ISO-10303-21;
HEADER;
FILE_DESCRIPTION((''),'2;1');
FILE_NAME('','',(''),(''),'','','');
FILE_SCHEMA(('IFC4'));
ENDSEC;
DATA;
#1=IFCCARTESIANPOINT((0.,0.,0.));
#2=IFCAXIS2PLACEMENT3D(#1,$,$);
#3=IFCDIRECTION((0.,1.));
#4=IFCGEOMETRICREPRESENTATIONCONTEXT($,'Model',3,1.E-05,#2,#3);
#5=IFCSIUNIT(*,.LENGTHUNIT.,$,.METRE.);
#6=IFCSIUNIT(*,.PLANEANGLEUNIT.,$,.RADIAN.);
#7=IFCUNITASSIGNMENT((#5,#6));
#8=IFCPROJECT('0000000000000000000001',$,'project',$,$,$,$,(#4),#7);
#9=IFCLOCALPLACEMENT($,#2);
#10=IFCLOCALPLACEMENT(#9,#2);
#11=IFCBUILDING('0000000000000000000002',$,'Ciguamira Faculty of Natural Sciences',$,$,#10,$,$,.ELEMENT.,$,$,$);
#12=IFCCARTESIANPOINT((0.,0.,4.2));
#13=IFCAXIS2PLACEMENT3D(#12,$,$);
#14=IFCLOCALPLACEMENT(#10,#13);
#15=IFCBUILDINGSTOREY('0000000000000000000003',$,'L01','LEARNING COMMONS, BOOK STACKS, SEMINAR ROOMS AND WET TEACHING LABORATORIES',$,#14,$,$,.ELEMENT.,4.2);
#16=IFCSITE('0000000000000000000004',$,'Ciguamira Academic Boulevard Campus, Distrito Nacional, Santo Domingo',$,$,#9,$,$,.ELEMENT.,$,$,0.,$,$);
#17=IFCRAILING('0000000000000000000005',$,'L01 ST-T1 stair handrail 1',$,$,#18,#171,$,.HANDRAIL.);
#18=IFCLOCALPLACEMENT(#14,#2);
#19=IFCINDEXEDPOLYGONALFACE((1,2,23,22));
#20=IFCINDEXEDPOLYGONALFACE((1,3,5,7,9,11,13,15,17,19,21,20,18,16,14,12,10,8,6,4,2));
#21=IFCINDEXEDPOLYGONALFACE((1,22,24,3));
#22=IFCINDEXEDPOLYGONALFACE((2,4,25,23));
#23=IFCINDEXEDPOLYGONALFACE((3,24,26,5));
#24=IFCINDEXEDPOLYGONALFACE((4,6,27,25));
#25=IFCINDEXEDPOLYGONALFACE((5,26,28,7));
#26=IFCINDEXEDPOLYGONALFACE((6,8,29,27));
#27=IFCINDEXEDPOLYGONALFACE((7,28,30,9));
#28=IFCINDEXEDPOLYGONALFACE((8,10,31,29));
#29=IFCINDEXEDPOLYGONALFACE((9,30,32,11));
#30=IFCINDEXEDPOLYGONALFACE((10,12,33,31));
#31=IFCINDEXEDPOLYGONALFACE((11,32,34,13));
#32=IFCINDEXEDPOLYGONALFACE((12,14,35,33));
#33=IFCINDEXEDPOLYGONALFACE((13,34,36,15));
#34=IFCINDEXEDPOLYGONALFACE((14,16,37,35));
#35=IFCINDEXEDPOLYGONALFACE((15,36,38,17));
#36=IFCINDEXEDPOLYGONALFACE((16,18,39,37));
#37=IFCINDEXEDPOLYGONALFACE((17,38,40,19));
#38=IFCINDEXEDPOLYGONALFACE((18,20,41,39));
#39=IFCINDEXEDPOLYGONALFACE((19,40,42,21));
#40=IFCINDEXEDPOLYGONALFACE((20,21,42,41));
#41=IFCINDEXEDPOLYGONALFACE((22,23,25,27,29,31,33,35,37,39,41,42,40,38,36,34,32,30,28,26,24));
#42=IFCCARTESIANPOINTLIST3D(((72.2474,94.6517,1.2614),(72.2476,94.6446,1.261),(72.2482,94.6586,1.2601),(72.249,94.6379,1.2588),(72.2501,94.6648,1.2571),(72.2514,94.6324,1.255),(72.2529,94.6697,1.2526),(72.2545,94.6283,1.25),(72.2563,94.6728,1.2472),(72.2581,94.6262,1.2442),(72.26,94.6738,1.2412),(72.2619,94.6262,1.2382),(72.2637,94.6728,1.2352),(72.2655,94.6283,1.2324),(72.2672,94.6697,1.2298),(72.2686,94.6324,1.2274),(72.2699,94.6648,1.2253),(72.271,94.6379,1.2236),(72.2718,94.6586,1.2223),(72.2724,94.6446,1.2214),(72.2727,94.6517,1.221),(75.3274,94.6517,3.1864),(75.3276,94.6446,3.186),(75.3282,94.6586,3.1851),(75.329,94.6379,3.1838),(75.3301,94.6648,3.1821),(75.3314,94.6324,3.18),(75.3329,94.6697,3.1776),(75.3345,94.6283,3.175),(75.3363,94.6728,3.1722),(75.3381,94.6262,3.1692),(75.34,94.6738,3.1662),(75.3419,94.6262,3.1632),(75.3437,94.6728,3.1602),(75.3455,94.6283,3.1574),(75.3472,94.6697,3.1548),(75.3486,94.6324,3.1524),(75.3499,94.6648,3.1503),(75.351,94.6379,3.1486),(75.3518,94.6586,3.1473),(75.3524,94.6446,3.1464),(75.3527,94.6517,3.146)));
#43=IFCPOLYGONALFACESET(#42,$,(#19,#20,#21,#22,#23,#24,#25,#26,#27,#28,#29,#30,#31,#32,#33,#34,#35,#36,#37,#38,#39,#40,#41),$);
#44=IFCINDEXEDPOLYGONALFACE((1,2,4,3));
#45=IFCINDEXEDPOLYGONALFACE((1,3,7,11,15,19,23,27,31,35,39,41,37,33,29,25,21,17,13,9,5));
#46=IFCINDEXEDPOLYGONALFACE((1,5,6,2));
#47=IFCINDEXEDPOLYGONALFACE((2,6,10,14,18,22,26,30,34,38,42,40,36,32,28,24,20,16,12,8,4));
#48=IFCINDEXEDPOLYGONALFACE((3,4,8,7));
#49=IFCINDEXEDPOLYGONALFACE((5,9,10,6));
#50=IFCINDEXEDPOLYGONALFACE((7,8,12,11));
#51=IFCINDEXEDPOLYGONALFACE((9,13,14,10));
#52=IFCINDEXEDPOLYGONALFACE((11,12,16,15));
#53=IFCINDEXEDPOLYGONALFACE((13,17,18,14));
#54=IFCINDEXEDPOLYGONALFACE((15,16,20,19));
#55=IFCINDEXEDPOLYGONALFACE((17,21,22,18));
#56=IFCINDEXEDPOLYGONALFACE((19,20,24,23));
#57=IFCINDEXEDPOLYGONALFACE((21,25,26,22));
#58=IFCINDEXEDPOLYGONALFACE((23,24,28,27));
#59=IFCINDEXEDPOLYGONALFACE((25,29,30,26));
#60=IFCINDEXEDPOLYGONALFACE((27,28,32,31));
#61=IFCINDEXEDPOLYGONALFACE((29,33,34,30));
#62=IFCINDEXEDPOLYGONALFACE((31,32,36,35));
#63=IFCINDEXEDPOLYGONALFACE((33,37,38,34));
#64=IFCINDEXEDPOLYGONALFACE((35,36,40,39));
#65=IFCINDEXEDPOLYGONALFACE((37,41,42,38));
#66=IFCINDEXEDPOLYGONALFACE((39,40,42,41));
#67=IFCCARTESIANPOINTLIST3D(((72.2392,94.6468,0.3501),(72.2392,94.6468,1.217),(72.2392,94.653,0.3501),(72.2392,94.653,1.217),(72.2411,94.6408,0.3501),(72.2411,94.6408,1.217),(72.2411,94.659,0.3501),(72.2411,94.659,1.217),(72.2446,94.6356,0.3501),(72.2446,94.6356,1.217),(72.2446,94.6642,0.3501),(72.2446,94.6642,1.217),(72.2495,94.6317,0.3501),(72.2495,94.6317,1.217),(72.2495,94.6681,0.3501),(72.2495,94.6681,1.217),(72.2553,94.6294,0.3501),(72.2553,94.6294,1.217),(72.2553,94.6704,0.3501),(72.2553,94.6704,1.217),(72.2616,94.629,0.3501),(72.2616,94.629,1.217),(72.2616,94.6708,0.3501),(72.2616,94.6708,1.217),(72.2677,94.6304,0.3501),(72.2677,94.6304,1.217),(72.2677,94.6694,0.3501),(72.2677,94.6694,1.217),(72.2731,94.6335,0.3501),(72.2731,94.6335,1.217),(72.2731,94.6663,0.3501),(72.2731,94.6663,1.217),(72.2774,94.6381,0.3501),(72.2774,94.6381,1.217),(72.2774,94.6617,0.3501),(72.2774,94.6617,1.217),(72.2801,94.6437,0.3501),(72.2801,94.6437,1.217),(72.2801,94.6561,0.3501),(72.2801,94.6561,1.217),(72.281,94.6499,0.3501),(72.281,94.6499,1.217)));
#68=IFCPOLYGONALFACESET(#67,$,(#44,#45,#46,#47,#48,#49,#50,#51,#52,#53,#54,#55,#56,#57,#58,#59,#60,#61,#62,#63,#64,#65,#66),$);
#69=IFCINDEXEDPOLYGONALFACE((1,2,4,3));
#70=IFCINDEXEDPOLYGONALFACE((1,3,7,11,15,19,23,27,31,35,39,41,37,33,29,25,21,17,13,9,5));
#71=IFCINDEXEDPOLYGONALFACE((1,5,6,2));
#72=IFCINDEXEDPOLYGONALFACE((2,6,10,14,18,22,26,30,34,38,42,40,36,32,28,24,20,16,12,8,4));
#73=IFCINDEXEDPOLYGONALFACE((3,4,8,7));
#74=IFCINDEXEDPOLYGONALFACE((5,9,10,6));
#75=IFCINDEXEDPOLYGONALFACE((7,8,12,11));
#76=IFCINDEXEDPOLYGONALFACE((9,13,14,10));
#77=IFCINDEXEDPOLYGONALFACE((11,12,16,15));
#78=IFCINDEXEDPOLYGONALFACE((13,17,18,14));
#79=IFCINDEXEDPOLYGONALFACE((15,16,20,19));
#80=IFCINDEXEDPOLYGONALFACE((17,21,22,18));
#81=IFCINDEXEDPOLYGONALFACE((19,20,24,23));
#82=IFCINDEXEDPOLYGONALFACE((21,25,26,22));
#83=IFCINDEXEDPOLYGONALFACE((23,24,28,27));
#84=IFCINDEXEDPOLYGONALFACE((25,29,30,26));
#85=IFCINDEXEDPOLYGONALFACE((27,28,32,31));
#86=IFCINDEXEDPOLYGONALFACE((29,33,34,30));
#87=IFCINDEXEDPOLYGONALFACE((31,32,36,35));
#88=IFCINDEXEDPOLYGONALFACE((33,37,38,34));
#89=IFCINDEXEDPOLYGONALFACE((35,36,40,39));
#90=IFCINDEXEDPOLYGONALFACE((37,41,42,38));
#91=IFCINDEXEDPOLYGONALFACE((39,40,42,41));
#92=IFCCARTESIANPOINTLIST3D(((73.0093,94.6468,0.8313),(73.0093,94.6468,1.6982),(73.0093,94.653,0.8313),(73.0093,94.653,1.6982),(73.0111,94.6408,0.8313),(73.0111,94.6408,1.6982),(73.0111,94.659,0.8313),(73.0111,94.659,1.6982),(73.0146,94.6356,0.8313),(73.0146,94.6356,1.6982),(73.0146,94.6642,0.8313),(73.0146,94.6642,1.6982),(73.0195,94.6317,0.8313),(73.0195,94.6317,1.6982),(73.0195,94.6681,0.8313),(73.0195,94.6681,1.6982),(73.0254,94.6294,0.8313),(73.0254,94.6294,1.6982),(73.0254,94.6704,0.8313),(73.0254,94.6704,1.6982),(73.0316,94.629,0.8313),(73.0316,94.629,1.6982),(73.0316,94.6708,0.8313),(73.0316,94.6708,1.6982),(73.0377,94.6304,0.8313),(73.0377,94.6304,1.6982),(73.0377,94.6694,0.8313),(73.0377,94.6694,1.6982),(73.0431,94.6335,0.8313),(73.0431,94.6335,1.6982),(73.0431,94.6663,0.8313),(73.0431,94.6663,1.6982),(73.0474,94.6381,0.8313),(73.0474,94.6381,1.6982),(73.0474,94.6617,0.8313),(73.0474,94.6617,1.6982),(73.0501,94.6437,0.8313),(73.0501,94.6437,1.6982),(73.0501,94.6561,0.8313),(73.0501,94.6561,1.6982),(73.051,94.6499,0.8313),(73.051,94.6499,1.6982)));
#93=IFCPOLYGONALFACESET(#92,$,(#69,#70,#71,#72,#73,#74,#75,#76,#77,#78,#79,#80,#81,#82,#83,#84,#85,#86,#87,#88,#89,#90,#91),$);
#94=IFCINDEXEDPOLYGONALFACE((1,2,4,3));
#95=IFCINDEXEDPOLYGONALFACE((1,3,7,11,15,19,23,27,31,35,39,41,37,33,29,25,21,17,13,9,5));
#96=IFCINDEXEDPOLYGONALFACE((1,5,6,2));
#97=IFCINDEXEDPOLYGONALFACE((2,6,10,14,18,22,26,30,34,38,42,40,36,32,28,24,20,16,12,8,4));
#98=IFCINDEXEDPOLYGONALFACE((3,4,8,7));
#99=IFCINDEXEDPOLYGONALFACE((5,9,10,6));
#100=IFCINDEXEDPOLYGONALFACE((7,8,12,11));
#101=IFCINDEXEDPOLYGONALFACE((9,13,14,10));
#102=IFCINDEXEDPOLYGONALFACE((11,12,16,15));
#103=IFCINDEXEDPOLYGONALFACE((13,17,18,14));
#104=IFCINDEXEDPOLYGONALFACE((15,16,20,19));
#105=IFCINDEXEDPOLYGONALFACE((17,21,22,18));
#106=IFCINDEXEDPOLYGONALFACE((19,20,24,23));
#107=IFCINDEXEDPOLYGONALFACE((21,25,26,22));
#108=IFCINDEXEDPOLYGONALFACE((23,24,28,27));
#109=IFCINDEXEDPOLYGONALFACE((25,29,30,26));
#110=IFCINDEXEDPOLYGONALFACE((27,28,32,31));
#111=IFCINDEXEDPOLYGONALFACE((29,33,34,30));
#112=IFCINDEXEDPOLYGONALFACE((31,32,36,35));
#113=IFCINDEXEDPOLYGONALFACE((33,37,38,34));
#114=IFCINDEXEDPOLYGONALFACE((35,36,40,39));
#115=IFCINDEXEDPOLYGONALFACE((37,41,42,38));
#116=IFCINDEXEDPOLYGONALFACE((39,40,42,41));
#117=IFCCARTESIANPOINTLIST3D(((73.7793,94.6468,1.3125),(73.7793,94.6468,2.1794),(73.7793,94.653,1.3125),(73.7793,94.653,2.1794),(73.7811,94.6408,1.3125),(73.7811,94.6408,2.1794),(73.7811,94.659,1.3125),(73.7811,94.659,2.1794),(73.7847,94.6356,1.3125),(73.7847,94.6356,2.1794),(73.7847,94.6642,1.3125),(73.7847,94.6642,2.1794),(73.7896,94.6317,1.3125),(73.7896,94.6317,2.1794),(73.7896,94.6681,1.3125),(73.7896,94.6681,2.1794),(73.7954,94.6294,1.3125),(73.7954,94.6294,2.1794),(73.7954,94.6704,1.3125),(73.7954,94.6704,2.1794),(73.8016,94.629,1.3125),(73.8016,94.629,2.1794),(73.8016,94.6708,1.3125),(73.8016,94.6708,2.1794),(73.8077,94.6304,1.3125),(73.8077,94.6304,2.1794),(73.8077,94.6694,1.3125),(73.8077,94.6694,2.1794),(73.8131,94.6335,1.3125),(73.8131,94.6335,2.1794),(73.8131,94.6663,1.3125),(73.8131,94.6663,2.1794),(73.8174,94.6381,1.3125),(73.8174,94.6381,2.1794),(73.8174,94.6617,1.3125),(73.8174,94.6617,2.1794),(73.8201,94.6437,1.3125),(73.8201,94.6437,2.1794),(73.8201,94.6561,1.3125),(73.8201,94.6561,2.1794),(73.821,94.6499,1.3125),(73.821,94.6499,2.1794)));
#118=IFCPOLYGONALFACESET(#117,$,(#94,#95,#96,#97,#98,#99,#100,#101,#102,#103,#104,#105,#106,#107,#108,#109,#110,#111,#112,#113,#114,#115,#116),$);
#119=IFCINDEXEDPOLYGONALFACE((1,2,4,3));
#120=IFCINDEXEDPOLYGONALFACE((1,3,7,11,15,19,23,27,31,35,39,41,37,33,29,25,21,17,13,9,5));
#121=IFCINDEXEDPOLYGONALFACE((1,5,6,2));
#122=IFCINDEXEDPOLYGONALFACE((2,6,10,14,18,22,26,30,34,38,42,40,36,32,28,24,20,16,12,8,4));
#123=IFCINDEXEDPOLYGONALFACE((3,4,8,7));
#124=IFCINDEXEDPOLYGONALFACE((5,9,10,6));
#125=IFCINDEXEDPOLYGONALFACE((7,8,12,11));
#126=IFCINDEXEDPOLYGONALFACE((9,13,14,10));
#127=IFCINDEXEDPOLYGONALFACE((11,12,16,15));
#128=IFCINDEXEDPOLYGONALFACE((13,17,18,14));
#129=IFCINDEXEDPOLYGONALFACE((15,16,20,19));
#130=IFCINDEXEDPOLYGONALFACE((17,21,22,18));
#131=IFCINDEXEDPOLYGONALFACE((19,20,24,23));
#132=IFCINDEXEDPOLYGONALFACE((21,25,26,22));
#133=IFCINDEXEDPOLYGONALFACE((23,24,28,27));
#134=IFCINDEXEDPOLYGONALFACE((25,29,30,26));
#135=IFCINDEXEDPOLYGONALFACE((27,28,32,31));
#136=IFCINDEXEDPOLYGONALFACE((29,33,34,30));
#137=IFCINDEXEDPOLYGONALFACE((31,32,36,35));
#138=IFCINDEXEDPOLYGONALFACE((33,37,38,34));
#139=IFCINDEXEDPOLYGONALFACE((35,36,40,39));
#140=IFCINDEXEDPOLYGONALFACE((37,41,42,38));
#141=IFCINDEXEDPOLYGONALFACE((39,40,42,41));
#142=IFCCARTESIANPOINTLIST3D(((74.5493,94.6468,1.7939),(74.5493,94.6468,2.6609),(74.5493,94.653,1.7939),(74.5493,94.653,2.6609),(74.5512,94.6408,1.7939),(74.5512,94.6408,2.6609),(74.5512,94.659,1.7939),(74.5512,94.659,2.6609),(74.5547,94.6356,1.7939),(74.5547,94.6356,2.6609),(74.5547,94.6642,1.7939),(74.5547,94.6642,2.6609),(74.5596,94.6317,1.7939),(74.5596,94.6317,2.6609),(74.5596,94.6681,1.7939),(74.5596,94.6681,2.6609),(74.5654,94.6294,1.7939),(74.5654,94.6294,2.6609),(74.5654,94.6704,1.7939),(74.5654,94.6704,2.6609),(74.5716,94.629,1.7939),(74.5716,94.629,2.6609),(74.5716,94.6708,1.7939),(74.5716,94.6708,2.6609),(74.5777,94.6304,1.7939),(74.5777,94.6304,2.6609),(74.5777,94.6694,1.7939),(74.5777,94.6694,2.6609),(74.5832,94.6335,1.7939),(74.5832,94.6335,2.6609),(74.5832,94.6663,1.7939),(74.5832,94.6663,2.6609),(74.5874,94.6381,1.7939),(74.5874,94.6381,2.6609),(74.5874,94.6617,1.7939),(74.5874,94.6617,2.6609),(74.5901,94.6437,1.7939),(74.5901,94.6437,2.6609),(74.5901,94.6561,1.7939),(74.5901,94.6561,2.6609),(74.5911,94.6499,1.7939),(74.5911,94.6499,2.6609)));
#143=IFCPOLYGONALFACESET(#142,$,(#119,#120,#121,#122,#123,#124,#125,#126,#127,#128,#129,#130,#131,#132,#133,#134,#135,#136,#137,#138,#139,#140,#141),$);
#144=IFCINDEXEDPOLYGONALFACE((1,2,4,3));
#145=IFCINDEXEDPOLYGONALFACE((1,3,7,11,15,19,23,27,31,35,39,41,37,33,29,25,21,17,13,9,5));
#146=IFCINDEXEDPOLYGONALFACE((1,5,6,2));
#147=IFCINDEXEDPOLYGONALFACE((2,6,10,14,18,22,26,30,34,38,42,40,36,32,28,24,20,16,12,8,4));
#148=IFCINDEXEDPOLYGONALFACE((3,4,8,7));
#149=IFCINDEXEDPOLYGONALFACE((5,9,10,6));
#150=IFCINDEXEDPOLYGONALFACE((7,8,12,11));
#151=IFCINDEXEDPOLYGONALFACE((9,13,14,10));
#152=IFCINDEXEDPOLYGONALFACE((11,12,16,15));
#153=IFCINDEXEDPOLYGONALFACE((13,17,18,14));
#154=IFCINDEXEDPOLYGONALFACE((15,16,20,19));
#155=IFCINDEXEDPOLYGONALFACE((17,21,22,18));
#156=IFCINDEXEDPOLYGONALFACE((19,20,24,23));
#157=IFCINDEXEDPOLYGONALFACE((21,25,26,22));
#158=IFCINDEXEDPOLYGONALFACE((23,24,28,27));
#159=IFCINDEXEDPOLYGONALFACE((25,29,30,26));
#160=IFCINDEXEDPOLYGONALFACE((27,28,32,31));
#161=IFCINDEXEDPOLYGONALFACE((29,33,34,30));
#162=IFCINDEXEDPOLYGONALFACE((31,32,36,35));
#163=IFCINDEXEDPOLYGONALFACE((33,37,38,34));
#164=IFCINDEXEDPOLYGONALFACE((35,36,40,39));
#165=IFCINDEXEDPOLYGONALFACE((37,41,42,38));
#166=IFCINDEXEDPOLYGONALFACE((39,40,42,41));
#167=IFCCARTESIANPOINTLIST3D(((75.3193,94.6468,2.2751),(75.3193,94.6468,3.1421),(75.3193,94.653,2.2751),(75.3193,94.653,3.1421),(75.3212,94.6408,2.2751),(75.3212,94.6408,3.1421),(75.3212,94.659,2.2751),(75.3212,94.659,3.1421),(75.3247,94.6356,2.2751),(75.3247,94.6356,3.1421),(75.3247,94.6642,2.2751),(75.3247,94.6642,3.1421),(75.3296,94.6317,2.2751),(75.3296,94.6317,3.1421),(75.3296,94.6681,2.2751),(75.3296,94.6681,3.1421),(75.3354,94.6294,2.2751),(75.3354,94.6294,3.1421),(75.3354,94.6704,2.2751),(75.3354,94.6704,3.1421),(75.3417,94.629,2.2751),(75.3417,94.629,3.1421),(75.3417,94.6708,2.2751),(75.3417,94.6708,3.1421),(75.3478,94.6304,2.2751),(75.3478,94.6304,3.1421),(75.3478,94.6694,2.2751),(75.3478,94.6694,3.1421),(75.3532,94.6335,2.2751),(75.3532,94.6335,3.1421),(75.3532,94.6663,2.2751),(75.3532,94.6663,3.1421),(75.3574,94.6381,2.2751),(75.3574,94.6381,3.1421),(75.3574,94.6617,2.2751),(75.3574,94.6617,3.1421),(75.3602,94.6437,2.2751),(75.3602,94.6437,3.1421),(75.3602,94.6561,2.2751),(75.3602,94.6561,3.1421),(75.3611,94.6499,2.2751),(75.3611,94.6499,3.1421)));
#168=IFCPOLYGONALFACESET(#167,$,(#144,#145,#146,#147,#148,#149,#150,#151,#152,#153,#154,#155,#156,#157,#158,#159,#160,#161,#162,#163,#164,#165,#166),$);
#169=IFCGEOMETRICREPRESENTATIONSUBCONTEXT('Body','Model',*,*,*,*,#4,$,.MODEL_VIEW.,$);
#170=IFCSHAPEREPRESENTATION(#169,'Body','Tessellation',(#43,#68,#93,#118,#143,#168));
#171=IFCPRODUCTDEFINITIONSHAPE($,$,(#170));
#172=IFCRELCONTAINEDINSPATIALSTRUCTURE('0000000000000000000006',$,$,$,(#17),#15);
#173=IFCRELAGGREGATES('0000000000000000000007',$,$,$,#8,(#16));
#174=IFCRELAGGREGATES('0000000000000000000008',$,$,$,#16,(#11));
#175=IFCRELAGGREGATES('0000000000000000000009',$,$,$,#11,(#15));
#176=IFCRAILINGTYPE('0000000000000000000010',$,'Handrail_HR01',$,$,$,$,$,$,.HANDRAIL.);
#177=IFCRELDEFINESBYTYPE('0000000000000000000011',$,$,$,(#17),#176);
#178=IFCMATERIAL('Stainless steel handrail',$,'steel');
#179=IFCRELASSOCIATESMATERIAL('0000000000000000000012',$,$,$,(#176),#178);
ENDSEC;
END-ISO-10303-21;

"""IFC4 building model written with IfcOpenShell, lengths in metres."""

from ifc_helpers import new_model, si_unit, direction, frame, origin, origin_2d, place, context, subcontext, project, spatial, circle, extrude, material, type_object, element, save


model = new_model("IFC4")

# Units and contexts
model_context = context("Model", 3, precision=1e-05, world=origin(), true_north=direction((0.0, 1.0)))
body_context = subcontext(model_context, "Body", "Model", "MODEL_VIEW")
ifc_project = project(units=[si_unit("LENGTHUNIT", "METRE"), si_unit("PLANEANGLEUNIT", "RADIAN")], contexts=[model_context])

# Site, building, storey
site_placement = place(None, origin())
site = spatial("IfcSite", under=ifc_project, at=site_placement, Name="Ciguamira Academic Boulevard Campus, Distrito Nacional, Santo Domingo", CompositionType="ELEMENT", RefElevation=0.0)
building_placement = place(site_placement, origin())
building = spatial("IfcBuilding", under=site, at=building_placement, Name="Ciguamira Faculty of Natural Sciences", CompositionType="ELEMENT")
storey_placement = place(building_placement, frame((0.0, 0.0, 4.2)))
storey = spatial("IfcBuildingStorey", under=building, at=storey_placement, Name="L01", Description="LEARNING COMMONS, BOOK STACKS, SEMINAR ROOMS AND WET TEACHING LABORATORIES", CompositionType="ELEMENT", Elevation=4.2)

# Railing
ifc_material_1 = material(Name="Stainless steel handrail", Category="steel")
railing_type_1 = type_object("IfcRailingType", Name="Handrail_HR01", PredefinedType="HANDRAIL", material=ifc_material_1)
railing_1_placement = place(storey_placement, frame((72.26, 94.6499, 0.3501)))
element("IfcRailing", 1, at=railing_1_placement, inside=storey, type_object=railing_type_1, Name="L01 ST-T1 stair handrail 1", PredefinedType="HANDRAIL", context=body_context, shape_type="SweptSolid", body=[
    extrude(circle(Radius=0.0239, at=origin_2d()), frame((0.0, 0.0, 0.8911), z_axis=(0.847998, 0.0, 0.529999), x_axis=(0.0, 1.0, 0.0)), (0.0, 0.0, 1.0), 3.6321),
    extrude(circle(Radius=0.021, at=origin_2d()), origin(), (0.0, 0.0, 1.0), 0.8669),
    extrude(circle(Radius=0.021, at=origin_2d()), frame((0.77, 0.0, 0.4812)), (0.0, 0.0, 1.0), 0.8669),
    extrude(circle(Radius=0.021, at=origin_2d()), frame((1.54, 0.0, 0.9624)), (0.0, 0.0, 1.0), 0.8669),
    extrude(circle(Radius=0.021, at=origin_2d()), frame((2.3101, 0.0, 1.4438)), (0.0, 0.0, 1.0), 0.8669),
    extrude(circle(Radius=0.021, at=origin_2d()), frame((3.0801, 0.0, 1.925)), (0.0, 0.0, 1.0), 0.8669),
])

save(model, "model.ifc")
